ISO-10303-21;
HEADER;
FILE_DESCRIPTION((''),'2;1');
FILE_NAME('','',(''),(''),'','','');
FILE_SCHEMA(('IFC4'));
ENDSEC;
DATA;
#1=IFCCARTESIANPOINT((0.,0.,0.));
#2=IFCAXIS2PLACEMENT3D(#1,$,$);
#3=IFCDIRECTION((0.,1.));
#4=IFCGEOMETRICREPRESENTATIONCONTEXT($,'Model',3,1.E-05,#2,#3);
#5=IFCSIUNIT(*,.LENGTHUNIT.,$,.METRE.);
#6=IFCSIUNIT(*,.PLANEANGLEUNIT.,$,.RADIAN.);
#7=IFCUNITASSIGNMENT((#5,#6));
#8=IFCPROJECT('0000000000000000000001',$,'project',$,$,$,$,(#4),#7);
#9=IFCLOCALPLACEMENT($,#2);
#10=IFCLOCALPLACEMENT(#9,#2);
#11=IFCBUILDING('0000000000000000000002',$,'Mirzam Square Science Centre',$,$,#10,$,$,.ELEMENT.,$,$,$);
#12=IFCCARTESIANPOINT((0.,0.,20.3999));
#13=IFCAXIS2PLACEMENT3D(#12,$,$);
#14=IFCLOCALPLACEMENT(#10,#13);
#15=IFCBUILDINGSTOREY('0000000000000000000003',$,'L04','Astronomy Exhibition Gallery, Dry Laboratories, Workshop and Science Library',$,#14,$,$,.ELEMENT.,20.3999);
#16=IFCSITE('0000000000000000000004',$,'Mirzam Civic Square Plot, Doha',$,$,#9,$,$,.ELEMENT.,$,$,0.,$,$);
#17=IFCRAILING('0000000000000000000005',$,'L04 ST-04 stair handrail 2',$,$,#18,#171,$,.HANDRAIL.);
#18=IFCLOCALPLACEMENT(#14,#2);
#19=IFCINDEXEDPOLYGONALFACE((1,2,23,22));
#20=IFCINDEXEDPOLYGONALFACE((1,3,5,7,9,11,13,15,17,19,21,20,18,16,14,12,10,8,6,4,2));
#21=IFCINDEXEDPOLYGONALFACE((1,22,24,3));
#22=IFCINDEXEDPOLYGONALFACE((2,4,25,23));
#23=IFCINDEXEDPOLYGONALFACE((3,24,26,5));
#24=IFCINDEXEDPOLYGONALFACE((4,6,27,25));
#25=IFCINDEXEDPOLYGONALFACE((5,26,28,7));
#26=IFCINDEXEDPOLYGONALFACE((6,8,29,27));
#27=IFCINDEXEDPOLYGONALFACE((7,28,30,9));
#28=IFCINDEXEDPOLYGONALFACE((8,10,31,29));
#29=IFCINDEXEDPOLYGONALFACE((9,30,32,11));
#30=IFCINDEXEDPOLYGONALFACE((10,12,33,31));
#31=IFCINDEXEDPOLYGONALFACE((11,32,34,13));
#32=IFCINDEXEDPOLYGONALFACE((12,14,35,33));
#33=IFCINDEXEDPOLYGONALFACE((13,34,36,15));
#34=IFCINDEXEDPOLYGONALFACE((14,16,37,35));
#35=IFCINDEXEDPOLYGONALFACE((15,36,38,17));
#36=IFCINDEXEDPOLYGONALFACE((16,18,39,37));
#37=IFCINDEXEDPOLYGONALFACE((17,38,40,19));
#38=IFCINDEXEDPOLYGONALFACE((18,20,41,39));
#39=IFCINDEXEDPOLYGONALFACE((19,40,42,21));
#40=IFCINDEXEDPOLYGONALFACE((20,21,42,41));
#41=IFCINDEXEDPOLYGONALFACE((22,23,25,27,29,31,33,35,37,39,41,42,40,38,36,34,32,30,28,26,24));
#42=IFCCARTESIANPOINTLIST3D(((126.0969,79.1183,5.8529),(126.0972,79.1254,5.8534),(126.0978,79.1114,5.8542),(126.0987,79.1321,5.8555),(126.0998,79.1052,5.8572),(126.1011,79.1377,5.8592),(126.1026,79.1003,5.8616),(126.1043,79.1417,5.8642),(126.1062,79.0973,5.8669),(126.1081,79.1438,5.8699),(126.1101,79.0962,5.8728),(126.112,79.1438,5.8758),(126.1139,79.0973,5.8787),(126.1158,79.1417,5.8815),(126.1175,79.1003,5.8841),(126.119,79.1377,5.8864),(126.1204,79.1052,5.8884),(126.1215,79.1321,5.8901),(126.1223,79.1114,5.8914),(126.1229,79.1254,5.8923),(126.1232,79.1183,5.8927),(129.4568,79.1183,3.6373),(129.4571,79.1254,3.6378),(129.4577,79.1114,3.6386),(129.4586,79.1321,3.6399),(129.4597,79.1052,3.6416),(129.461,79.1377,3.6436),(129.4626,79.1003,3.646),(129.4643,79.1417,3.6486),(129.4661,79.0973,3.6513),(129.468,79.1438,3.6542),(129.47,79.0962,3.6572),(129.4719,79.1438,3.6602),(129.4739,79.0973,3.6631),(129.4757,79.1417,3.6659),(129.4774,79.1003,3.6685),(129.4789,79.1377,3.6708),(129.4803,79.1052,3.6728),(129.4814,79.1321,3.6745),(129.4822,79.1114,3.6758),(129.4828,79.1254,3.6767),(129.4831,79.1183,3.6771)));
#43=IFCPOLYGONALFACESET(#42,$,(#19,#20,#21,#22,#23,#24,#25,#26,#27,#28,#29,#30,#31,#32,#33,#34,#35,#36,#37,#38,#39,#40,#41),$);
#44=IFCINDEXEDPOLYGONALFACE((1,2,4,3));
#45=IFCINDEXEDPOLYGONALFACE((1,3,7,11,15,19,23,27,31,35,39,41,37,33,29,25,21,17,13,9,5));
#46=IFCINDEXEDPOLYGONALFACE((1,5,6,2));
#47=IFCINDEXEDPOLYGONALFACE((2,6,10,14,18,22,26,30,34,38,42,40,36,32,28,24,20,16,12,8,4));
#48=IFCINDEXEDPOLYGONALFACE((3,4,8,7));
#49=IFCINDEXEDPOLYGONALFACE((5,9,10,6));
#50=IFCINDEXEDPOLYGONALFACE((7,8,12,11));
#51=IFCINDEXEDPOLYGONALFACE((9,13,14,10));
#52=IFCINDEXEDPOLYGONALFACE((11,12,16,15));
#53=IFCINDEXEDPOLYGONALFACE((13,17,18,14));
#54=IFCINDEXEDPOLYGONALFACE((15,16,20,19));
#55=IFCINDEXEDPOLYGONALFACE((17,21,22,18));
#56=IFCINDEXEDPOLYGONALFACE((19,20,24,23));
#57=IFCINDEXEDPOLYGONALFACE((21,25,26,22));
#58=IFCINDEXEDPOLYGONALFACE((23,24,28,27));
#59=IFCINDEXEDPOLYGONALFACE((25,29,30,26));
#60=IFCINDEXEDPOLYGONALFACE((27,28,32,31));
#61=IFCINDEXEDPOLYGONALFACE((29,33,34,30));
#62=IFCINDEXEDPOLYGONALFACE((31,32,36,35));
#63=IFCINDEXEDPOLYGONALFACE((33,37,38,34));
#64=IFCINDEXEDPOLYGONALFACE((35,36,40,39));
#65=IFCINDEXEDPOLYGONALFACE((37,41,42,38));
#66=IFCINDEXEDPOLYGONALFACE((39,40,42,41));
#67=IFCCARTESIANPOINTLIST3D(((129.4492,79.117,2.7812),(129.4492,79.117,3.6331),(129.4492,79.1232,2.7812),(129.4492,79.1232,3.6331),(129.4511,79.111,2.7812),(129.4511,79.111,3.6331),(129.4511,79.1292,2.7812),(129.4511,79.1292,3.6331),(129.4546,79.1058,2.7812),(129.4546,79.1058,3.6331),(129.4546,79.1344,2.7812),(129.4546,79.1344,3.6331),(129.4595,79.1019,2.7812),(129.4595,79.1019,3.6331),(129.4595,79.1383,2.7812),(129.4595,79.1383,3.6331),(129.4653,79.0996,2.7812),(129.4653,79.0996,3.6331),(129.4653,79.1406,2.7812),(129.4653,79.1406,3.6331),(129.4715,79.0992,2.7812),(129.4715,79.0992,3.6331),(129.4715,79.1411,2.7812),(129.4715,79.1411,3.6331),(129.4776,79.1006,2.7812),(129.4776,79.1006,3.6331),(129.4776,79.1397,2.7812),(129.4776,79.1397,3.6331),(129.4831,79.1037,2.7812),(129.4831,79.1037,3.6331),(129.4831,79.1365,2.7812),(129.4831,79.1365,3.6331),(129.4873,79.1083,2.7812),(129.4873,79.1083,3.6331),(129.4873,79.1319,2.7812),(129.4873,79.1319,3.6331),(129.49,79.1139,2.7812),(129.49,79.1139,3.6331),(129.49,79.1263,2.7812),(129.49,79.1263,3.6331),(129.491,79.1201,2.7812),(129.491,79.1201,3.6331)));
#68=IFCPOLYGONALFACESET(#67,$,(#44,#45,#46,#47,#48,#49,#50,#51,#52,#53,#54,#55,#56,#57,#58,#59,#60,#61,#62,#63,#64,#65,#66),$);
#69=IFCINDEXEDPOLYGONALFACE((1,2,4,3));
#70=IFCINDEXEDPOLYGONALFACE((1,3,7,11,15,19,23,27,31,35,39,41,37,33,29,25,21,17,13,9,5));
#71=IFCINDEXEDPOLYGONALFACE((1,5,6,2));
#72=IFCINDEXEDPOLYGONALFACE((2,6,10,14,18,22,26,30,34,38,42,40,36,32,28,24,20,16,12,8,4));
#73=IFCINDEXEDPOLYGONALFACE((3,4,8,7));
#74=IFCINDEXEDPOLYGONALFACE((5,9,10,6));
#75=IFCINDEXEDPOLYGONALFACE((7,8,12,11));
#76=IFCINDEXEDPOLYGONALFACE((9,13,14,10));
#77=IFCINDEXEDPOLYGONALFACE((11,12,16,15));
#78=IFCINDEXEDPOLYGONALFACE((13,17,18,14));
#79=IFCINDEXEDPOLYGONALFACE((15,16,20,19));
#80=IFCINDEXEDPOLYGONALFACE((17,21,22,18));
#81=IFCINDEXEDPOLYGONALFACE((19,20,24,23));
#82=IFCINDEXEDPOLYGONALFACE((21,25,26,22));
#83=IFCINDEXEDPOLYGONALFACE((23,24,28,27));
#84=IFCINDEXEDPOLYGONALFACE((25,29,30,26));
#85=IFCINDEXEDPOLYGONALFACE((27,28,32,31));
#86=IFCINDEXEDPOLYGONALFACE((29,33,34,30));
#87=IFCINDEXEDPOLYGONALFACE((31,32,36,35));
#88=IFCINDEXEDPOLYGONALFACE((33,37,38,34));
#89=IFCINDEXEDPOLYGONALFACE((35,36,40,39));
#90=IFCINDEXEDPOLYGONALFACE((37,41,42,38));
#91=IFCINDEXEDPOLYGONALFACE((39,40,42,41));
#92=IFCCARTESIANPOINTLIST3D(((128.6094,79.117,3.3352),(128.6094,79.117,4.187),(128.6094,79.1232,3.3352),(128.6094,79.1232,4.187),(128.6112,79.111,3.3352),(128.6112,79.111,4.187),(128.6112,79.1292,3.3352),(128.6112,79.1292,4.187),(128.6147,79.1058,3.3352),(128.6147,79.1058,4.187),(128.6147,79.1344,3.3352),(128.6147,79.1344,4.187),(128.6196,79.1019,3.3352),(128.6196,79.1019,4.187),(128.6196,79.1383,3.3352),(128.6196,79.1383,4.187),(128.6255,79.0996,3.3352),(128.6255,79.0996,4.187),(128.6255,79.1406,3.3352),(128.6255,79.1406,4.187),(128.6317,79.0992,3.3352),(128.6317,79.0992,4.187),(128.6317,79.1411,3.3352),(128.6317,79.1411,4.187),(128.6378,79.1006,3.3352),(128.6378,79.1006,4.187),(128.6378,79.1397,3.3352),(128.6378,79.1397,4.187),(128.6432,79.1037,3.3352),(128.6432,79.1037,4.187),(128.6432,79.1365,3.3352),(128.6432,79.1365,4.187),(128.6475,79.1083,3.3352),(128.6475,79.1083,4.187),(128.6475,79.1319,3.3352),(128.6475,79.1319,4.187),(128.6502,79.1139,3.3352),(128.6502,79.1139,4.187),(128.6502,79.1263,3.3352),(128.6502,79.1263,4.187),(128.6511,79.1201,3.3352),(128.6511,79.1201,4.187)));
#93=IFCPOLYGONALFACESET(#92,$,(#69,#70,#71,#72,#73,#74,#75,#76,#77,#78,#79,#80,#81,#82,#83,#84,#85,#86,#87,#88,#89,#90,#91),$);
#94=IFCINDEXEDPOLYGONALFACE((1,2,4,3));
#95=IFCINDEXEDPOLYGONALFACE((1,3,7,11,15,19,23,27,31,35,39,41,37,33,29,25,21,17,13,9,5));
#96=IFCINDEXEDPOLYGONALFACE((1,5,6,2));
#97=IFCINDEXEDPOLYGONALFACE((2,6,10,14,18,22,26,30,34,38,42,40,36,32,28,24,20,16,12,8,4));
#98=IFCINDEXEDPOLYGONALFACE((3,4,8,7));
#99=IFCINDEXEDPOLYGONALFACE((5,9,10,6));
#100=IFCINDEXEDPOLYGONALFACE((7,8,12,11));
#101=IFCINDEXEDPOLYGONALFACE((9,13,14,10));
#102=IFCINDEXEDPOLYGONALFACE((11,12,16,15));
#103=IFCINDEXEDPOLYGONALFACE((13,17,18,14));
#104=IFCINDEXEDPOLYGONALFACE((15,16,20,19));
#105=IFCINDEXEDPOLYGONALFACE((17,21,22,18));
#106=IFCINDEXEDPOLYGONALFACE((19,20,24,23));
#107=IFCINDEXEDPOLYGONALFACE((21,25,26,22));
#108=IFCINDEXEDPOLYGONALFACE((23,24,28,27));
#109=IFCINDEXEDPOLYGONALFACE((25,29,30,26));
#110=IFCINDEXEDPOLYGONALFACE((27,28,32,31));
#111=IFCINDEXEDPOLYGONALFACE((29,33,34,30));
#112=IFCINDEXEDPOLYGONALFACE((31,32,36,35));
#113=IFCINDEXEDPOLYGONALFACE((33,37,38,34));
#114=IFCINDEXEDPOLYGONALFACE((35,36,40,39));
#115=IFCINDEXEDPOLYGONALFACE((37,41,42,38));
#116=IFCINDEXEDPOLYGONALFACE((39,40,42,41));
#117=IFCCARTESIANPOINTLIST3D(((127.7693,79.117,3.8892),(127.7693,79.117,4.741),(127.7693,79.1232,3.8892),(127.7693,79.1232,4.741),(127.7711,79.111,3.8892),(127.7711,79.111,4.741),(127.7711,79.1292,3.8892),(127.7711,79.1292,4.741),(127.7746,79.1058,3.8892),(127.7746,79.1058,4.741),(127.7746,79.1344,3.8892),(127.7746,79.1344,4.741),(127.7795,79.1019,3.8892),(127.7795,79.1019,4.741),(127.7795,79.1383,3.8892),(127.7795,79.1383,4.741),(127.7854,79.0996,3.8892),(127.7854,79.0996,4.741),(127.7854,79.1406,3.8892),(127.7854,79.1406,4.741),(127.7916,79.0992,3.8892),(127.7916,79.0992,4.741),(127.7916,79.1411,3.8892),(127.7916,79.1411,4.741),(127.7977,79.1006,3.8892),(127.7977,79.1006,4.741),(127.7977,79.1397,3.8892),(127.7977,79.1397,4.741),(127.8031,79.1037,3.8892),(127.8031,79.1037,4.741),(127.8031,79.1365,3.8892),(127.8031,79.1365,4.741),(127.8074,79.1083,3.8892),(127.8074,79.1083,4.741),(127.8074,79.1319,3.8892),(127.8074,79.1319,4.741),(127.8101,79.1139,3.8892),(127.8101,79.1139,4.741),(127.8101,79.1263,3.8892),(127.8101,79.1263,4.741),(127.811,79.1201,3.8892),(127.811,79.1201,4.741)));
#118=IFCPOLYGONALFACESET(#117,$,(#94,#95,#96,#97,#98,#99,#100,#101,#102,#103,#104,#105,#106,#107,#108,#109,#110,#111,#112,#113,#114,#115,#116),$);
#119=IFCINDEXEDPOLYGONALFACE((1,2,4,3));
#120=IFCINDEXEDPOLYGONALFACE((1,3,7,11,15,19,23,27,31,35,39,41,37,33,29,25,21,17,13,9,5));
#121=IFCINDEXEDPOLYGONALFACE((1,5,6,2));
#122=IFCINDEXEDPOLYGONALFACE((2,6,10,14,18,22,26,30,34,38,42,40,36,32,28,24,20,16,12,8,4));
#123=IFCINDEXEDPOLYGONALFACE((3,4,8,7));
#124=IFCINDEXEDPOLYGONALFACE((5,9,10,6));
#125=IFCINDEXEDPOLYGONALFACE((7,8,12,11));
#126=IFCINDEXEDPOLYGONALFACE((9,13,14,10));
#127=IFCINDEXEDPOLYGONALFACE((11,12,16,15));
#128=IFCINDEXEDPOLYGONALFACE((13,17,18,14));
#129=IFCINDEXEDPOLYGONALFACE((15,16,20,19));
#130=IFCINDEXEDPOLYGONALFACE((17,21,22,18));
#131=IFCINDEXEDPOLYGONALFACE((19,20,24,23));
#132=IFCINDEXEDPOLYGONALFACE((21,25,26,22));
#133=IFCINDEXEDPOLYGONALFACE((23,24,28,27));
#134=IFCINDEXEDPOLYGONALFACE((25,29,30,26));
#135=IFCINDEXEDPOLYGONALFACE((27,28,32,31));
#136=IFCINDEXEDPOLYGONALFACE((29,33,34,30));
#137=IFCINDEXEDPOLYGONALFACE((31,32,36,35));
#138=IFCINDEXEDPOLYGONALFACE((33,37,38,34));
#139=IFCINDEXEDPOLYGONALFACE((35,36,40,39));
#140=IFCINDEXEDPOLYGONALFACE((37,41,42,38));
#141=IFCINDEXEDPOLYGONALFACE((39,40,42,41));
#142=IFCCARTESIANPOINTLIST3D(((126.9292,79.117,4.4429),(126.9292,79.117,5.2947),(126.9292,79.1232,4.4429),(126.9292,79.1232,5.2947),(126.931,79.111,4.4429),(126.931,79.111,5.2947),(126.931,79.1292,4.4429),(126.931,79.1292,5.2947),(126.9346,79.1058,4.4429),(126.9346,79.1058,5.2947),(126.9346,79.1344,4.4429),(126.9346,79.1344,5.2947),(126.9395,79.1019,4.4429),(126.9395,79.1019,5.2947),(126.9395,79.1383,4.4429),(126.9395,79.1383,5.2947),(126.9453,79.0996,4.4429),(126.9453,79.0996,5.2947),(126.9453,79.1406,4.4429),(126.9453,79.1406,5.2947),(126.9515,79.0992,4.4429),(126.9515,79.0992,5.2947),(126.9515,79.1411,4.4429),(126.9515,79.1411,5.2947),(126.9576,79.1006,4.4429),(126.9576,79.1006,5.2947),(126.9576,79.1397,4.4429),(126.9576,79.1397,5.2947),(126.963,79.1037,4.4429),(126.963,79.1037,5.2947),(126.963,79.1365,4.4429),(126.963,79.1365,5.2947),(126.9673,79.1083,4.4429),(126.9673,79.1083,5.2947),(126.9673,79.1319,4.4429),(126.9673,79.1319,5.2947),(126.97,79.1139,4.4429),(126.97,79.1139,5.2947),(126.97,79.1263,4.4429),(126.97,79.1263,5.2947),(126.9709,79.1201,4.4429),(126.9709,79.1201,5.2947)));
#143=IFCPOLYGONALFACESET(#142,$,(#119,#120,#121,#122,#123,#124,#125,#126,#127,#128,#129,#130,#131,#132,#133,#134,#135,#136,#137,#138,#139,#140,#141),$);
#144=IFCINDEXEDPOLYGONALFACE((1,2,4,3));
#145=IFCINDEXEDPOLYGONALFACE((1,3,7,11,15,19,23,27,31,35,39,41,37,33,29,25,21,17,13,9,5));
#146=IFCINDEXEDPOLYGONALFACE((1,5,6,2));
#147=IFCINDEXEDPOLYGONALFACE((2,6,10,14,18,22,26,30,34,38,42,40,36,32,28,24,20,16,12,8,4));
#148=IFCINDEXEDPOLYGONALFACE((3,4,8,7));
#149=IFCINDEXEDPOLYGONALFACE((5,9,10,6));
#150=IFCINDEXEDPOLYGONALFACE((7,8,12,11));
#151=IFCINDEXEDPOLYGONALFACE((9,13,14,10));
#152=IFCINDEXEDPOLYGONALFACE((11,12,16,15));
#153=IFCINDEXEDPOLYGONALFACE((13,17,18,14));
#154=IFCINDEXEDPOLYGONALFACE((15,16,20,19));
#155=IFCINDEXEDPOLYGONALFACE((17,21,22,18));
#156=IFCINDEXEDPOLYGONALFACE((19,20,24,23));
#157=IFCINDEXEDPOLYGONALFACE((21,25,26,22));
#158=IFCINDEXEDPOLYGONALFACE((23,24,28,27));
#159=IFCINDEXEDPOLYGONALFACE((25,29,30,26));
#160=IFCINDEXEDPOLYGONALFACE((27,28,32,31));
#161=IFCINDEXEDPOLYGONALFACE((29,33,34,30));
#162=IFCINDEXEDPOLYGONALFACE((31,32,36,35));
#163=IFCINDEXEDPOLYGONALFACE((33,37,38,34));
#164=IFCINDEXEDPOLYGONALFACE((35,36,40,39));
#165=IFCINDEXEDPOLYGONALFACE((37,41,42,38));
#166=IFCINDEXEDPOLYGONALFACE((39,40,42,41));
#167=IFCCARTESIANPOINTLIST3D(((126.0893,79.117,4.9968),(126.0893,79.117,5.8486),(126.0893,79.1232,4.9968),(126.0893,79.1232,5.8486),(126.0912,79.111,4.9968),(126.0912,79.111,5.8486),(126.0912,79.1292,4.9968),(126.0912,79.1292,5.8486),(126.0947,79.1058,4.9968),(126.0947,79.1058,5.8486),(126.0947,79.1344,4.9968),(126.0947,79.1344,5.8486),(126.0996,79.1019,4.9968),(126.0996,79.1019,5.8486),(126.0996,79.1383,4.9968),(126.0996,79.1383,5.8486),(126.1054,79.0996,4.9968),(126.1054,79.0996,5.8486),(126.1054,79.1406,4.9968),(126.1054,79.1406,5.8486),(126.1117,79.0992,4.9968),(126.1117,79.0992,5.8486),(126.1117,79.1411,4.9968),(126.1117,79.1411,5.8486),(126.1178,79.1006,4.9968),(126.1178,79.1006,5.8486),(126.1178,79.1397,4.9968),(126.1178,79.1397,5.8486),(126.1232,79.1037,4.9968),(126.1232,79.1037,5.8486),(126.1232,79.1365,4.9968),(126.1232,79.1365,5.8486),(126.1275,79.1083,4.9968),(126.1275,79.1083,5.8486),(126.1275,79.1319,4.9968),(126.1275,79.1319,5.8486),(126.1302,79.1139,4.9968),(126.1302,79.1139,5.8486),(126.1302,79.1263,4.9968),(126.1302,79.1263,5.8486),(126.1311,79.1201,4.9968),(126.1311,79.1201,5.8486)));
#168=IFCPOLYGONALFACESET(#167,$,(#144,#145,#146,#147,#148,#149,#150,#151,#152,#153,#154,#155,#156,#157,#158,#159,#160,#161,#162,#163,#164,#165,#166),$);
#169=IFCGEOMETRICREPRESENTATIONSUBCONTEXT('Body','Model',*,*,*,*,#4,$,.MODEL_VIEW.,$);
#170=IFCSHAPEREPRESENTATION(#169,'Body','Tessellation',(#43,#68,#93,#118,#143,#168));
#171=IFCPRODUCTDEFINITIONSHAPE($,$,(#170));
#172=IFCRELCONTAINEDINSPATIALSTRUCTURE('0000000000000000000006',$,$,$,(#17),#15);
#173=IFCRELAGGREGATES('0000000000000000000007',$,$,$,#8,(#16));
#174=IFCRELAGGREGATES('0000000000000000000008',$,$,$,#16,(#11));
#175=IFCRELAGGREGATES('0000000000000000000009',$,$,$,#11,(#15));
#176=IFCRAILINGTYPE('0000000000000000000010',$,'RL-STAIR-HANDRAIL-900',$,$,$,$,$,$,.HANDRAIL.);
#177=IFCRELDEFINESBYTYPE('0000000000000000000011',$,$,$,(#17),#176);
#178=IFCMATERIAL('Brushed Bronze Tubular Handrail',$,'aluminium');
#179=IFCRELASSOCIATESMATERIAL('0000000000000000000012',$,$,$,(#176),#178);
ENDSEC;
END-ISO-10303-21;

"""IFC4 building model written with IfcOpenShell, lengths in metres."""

from ifc_helpers import new_model, si_unit, direction, frame, origin, origin_2d, place, context, subcontext, project, spatial, circle, extrude, material, type_object, element, save


model = new_model("IFC4")

# Units and contexts
model_context = context("Model", 3, precision=1e-05, world=origin(), true_north=direction((0.0, 1.0)))
body_context = subcontext(model_context, "Body", "Model", "MODEL_VIEW")
ifc_project = project(units=[si_unit("LENGTHUNIT", "METRE"), si_unit("PLANEANGLEUNIT", "RADIAN")], contexts=[model_context])

# Site, building, storey
site_placement = place(None, origin())
site = spatial("IfcSite", under=ifc_project, at=site_placement, Name="Mirzam Civic Square Plot, Doha", CompositionType="ELEMENT", RefElevation=0.0)
building_placement = place(site_placement, origin())
building = spatial("IfcBuilding", under=site, at=building_placement, Name="Mirzam Square Science Centre", CompositionType="ELEMENT")
storey_placement = place(building_placement, frame((0.0, 0.0, 20.3999)))
storey = spatial("IfcBuildingStorey", under=building, at=storey_placement, Name="L04", Description="Astronomy Exhibition Gallery, Dry Laboratories, Workshop and Science Library", CompositionType="ELEMENT", Elevation=20.3999)

# Railing
ifc_material_1 = material(Name="Brushed Bronze Tubular Handrail", Category="aluminium")
railing_type = type_object("IfcRailingType", Name="RL-STAIR-HANDRAIL-900", PredefinedType="HANDRAIL", material=ifc_material_1)
railing_placement = place(storey_placement, frame((129.47, 79.1201, 2.7812)))
element("IfcRailing", 1, at=railing_placement, inside=storey, type_object=railing_type, Name="L04 ST-04 stair handrail 2", PredefinedType="HANDRAIL", context=body_context, shape_type="SweptSolid", body=[
    extrude(circle(Radius=0.0239, at=origin_2d()), frame((0.0, 0.0, 0.876), z_axis=(-0.83483, 0.0, 0.550508), x_axis=(0.0, -1.0, 0.0)), (0.0, 0.0, 1.0), 4.0247),
    extrude(circle(Radius=0.021, at=origin_2d()), origin(), (0.0, 0.0, 1.0), 0.8518),
    extrude(circle(Radius=0.021, at=origin_2d()), frame((-0.8398, 0.0, 0.554)), (0.0, 0.0, 1.0), 0.8518),
    extrude(circle(Radius=0.021, at=origin_2d()), frame((-1.6799, 0.0, 1.1079)), (0.0, 0.0, 1.0), 0.8518),
    extrude(circle(Radius=0.021, at=origin_2d()), frame((-2.52, 0.0, 1.6616)), (0.0, 0.0, 1.0), 0.8518),
    extrude(circle(Radius=0.021, at=origin_2d()), frame((-3.3599, 0.0, 2.2156)), (0.0, 0.0, 1.0), 0.8518),
])

save(model, "model.ifc")
